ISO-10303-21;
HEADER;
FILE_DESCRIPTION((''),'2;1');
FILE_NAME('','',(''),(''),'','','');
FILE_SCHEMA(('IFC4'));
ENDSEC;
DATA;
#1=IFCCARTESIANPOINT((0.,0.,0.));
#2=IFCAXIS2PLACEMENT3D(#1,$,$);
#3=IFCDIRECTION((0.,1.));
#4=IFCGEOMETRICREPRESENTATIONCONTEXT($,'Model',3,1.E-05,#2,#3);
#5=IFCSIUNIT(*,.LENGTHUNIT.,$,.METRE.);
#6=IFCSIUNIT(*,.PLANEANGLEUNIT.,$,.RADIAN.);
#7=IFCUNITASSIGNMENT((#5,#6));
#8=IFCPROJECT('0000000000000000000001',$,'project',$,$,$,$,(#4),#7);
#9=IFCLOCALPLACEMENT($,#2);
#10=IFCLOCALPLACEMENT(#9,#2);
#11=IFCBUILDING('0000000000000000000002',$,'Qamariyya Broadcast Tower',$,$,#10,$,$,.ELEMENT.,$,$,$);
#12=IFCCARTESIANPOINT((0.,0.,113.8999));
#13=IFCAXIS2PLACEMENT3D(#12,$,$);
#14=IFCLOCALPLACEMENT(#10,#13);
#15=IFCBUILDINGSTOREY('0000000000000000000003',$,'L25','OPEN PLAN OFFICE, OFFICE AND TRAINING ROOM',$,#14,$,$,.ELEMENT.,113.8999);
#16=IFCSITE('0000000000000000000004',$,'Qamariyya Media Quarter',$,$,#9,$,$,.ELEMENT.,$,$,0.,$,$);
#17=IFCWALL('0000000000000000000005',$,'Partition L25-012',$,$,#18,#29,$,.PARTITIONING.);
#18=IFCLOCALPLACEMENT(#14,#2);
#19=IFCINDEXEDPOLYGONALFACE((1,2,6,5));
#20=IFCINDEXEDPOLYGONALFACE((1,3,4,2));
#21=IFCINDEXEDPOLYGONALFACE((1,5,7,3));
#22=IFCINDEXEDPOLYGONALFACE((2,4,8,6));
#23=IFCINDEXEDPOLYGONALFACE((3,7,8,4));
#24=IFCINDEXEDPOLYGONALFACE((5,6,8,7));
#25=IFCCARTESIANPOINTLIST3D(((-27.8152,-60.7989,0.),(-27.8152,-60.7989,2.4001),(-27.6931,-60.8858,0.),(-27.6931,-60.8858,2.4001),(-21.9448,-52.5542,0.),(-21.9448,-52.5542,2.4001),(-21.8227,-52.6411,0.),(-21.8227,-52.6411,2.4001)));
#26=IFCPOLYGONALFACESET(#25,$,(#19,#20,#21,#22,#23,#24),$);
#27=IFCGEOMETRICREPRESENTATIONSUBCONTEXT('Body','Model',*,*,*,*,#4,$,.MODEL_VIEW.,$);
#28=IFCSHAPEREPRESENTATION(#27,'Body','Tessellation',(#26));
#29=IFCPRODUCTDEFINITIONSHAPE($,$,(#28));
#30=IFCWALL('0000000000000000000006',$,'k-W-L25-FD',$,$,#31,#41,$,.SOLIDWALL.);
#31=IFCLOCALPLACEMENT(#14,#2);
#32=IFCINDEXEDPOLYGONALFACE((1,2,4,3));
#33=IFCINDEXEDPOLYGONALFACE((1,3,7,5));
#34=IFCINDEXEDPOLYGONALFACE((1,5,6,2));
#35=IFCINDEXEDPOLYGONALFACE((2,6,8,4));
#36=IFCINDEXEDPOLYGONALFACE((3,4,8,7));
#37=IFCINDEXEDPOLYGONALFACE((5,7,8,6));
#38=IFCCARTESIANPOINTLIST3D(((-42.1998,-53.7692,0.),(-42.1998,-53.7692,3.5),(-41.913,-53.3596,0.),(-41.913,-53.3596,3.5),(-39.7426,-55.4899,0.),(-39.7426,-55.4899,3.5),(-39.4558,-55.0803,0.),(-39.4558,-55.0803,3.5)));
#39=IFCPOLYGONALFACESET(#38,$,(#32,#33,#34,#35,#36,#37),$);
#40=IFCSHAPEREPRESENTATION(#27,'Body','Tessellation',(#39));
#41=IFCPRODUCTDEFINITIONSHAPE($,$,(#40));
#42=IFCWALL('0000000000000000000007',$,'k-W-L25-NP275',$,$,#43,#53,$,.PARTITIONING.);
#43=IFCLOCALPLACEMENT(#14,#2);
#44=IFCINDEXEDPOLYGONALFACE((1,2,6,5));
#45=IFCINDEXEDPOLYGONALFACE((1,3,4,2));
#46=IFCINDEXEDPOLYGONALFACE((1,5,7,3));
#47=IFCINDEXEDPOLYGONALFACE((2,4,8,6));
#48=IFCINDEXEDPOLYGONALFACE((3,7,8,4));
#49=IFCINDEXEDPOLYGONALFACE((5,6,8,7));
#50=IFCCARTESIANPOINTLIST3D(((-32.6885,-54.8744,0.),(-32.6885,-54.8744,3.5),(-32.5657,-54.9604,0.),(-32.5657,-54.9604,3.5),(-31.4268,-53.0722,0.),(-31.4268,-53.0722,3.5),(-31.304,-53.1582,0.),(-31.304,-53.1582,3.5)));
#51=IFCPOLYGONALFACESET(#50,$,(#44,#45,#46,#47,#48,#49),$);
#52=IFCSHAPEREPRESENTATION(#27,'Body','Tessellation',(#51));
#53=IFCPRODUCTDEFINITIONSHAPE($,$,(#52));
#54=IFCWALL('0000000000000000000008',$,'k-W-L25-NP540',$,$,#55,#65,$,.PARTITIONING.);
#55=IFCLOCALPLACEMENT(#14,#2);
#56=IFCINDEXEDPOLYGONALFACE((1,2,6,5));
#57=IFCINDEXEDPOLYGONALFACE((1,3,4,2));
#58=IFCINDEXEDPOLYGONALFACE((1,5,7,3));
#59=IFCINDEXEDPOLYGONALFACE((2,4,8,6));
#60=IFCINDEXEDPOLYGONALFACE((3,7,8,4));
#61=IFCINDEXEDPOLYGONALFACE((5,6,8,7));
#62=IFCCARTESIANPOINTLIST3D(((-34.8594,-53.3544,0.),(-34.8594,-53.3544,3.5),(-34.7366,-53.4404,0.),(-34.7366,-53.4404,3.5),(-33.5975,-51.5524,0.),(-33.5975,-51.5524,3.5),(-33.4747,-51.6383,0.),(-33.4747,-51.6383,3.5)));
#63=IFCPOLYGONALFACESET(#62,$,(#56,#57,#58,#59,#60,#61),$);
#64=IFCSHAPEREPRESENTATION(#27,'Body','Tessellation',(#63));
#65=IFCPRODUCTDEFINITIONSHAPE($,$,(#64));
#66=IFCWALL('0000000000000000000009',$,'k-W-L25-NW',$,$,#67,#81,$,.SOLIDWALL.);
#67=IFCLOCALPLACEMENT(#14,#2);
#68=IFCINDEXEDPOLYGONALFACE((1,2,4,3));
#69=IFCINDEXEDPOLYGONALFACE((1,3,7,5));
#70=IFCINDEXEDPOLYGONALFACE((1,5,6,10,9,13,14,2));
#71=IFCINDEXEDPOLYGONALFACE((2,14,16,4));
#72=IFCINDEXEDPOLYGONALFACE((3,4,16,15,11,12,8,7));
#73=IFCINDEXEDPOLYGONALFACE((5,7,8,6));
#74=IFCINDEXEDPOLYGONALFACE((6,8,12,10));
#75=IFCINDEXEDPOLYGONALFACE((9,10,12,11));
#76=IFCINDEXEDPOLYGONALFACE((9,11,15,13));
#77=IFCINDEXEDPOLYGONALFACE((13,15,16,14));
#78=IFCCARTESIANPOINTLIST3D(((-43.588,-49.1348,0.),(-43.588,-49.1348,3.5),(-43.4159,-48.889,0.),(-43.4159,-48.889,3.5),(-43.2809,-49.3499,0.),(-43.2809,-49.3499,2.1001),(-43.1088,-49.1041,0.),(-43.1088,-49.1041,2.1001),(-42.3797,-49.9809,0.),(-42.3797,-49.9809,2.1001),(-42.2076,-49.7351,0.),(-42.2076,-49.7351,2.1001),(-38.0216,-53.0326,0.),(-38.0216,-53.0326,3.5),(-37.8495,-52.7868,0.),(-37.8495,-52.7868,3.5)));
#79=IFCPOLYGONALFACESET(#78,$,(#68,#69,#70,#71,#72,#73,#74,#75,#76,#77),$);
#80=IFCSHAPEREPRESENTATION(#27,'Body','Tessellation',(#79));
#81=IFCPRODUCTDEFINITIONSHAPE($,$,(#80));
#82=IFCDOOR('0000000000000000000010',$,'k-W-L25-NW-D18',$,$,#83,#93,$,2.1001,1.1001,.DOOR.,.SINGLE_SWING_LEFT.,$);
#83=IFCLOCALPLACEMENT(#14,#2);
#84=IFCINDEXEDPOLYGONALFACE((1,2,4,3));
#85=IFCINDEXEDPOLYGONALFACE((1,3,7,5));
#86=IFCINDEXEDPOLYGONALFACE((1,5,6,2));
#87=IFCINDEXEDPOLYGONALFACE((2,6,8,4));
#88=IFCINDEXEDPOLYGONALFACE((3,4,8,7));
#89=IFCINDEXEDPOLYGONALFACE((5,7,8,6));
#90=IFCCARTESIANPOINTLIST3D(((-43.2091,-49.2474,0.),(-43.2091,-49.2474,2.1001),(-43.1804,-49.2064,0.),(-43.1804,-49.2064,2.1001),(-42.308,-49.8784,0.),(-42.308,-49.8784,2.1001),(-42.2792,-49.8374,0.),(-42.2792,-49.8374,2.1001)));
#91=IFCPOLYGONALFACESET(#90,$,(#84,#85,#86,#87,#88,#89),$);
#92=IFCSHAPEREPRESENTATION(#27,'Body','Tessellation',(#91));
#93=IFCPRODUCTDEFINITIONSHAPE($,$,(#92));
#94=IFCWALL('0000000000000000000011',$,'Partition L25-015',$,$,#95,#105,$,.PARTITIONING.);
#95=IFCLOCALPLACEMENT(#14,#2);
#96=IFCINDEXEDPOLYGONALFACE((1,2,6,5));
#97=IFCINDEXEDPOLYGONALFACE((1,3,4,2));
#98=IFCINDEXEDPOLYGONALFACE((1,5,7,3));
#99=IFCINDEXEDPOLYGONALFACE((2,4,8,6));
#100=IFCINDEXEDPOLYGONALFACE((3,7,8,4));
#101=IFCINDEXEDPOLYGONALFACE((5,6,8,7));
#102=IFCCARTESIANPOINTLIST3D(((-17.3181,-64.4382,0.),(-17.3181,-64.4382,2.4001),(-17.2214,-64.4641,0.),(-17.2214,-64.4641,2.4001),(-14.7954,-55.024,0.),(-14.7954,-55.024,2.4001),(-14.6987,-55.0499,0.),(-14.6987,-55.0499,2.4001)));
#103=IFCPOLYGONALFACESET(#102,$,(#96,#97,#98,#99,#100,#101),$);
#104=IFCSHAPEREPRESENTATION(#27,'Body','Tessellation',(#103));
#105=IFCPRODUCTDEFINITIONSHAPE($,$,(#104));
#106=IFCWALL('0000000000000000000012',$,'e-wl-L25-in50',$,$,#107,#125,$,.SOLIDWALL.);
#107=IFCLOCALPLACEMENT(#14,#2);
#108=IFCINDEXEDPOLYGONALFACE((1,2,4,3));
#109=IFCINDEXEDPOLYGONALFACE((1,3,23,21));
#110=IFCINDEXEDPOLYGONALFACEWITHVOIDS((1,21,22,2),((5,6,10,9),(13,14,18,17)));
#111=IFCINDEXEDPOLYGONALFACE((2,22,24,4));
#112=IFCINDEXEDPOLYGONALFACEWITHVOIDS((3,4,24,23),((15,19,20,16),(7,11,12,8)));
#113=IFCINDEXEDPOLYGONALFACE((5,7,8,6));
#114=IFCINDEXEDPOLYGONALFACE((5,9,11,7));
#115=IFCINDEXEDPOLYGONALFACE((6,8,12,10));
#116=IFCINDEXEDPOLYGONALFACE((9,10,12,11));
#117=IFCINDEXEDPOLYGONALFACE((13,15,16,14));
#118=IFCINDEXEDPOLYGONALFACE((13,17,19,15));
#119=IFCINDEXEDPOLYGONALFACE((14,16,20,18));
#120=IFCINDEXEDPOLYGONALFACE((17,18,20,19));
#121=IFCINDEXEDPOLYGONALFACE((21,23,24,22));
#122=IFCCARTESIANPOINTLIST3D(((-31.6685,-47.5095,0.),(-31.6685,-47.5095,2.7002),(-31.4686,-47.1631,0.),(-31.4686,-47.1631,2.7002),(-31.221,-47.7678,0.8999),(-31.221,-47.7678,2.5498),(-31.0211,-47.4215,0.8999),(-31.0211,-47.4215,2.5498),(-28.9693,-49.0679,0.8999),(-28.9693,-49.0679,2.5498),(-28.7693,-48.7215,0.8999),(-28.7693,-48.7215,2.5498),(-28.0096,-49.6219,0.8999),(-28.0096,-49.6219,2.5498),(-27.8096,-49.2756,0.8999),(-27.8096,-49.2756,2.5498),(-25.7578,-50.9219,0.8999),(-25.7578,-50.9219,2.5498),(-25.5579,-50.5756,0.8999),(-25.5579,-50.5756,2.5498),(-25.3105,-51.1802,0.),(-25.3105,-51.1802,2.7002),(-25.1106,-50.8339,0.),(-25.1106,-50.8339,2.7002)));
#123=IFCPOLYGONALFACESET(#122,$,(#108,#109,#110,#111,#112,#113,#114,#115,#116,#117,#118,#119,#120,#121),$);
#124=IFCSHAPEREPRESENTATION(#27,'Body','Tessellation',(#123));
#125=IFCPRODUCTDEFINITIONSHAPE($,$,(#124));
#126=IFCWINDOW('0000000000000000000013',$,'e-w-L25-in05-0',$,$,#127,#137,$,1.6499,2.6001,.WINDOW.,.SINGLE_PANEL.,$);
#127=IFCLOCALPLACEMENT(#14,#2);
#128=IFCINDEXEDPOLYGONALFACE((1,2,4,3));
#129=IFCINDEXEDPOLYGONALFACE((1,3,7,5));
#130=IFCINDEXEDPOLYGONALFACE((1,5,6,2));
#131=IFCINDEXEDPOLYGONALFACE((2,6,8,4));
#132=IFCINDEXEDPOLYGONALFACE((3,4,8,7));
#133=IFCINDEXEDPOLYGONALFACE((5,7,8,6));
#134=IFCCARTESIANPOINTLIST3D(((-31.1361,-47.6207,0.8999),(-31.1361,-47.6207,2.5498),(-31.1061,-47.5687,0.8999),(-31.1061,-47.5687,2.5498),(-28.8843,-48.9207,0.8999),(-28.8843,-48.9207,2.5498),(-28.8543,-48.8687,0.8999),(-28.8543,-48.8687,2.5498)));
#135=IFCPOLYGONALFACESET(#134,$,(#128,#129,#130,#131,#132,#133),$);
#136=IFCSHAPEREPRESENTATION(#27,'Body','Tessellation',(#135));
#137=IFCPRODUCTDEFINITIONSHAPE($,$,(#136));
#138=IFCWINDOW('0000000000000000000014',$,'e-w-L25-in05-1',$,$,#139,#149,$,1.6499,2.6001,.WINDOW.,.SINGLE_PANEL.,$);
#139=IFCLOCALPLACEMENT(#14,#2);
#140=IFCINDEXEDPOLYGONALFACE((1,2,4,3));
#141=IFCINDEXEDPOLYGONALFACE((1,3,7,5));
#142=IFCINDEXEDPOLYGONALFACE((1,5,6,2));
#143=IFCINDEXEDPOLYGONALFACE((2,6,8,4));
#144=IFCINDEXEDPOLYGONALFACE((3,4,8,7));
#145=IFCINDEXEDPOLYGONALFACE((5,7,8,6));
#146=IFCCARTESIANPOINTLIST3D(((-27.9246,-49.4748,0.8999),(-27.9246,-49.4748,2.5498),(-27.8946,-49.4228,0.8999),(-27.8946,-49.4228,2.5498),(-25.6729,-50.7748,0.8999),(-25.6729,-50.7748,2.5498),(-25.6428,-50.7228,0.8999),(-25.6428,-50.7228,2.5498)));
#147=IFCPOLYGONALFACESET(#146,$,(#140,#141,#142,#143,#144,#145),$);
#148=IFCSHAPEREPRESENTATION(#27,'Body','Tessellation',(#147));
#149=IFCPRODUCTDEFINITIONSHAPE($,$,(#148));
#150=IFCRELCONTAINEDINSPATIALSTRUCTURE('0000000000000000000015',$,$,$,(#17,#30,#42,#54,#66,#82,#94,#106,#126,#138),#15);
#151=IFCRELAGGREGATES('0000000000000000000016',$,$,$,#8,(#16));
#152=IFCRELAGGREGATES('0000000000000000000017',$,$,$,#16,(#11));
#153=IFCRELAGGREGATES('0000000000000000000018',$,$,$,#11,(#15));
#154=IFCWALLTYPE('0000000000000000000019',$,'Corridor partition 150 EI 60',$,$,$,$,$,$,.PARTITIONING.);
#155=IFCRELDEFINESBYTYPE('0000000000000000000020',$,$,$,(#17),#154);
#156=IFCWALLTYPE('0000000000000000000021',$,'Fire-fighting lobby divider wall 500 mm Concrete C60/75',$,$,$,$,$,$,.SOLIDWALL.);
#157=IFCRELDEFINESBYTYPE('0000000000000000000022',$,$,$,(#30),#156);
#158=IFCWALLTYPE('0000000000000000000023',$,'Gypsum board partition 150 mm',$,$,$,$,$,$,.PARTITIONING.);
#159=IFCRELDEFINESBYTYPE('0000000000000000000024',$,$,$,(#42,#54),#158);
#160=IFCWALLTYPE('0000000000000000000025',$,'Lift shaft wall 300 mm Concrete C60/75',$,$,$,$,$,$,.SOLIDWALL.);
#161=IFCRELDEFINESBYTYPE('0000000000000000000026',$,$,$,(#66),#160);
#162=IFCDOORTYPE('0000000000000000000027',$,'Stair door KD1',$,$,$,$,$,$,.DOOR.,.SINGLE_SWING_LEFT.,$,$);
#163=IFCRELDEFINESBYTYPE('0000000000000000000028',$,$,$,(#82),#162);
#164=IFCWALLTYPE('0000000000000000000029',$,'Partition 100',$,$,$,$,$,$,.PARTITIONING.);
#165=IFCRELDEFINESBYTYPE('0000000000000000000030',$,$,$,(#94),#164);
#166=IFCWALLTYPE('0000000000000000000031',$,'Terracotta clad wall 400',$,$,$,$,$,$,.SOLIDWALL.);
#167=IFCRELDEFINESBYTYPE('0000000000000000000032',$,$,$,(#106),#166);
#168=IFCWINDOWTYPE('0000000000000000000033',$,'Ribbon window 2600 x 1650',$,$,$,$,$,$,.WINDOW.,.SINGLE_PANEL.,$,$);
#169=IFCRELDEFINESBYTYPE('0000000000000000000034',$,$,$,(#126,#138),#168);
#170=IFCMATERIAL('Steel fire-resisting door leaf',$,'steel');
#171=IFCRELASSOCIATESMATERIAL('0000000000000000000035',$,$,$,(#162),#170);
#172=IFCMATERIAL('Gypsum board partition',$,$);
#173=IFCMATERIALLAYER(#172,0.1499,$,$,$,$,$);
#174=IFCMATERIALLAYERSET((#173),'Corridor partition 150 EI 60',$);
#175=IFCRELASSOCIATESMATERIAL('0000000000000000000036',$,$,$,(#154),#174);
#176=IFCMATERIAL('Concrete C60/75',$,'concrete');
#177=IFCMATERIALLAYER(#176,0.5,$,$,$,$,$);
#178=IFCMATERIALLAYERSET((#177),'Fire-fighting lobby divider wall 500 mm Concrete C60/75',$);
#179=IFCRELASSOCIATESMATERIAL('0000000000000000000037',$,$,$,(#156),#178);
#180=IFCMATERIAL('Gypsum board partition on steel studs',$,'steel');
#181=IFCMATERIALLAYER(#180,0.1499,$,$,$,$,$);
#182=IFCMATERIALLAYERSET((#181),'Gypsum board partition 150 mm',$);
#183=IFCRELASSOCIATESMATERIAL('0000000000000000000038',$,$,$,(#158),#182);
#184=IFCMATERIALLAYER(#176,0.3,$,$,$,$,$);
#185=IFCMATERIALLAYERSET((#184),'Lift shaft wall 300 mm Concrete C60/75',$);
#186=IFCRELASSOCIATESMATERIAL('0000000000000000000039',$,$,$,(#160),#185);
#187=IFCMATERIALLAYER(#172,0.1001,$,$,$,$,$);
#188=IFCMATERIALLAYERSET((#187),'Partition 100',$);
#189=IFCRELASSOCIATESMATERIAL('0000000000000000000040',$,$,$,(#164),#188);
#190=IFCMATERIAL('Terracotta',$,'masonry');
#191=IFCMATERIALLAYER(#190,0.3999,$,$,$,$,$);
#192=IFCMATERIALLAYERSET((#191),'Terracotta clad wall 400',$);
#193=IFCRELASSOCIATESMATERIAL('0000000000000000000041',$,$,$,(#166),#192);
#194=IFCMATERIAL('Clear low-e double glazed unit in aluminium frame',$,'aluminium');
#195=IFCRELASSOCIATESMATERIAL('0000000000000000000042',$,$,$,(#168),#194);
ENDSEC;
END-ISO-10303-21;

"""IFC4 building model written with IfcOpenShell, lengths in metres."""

from ifc_helpers import new_model, si_unit, direction, frame, frame_2d, origin, place, context, subcontext, project, spatial, rectangle, extrude, material, layer, layer_set, type_object, element, fill, save


model = new_model("IFC4")

# Units and contexts
model_context = context("Model", 3, precision=1e-05, world=origin(), true_north=direction((0.0, 1.0)))
body_context = subcontext(model_context, "Body", "Model", "MODEL_VIEW")
ifc_project = project(units=[si_unit("LENGTHUNIT", "METRE"), si_unit("PLANEANGLEUNIT", "RADIAN")], contexts=[model_context])

# Site, building, storey
site_placement = place(None, origin())
site = spatial("IfcSite", under=ifc_project, at=site_placement, Name="Qamariyya Media Quarter", CompositionType="ELEMENT", RefElevation=0.0)
building_placement = place(site_placement, origin())
building = spatial("IfcBuilding", under=site, at=building_placement, Name="Qamariyya Broadcast Tower", CompositionType="ELEMENT")
storey_placement = place(building_placement, frame((0.0, 0.0, 113.8999)))
storey = spatial("IfcBuildingStorey", under=building, at=storey_placement, Name="L25", Description="OPEN PLAN OFFICE, OFFICE AND TRAINING ROOM", CompositionType="ELEMENT", Elevation=113.8999)

# Shared definitions
ifc_material_1 = material(Name="Steel fire-resisting door leaf", Category="steel")
door_type_1 = type_object("IfcDoorType", Name="Stair door KD1", OperationType="SINGLE_SWING_LEFT", PredefinedType="DOOR", material=ifc_material_1)

# Walls
ifc_material_2 = material(Name="Gypsum board partition")
ifc_layer_1 = layer(ifc_material_2, 0.1499)
ifc_layer_set_1 = layer_set([ifc_layer_1], Name="Corridor partition 150 EI 60")
wall_type_1 = type_object("IfcWallType", Name="Corridor partition 150 EI 60", PredefinedType="PARTITIONING", material=ifc_layer_set_1)
wall_1_placement = place(storey_placement, frame((-21.8838, -52.5977, 0.0), z_axis=(0.0, 0.0, 1.0), x_axis=(-0.580017, -0.814605, 0.0)))
element("IfcWall", 1, at=wall_1_placement, inside=storey, type_object=wall_type_1, Name="Partition L25-012", PredefinedType="PARTITIONING", context=body_context, shape_type="SweptSolid", body=[
    extrude(rectangle(XDim=10.1211, YDim=0.1499, at=frame_2d((5.0605, 0.0))), origin(), (0.0, 0.0, 1.0), 2.4001),
])
ifc_material_3 = material(Name="Concrete C60/75", Category="concrete")
ifc_layer_2 = layer(ifc_material_3, 0.5)
ifc_layer_set_2 = layer_set([ifc_layer_2], Name="Fire-fighting lobby divider wall 500 mm Concrete C60/75")
wall_type_2 = type_object("IfcWallType", Name="Fire-fighting lobby divider wall 500 mm Concrete C60/75", PredefinedType="SOLIDWALL", material=ifc_layer_set_2)
wall_2_placement = place(storey_placement, frame((-39.5991, -55.2852, 0.0), z_axis=(0.0, 0.0, 1.0), x_axis=(-0.819136, 0.573599, 0.0)))
element("IfcWall", 2, at=wall_2_placement, inside=storey, type_object=wall_type_2, Name="k-W-L25-FD", PredefinedType="SOLIDWALL", context=body_context, shape_type="SweptSolid", body=[
    extrude(rectangle(XDim=2.9998, YDim=0.5, at=frame_2d((1.5, 0.0))), origin(), (0.0, 0.0, 1.0), 3.5),
])
ifc_material_4 = material(Name="Gypsum board partition on steel studs", Category="steel")
ifc_layer_3 = layer(ifc_material_4, 0.1499)
ifc_layer_set_3 = layer_set([ifc_layer_3], Name="Gypsum board partition 150 mm")
wall_type_3 = type_object("IfcWallType", Name="Gypsum board partition 150 mm", PredefinedType="PARTITIONING", material=ifc_layer_set_3)
for number, where, z_axis, x_axis, name in (
    (3, (-32.6272, -54.9175, 0.0), (0.0, 0.0, 1.0), (0.573507, 0.819201, 0.0), "k-W-L25-NP275"),
    (4, (-34.7981, -53.3975, 0.0), (0.0, 0.0, 1.0), (0.573634, 0.819112, 0.0), "k-W-L25-NP540"),
):
    element("IfcWall", number, at=place(storey_placement, frame(where, z_axis=z_axis, x_axis=x_axis)), inside=storey, type_object=wall_type_3, Name=name, PredefinedType="PARTITIONING", context=body_context, shape_type="SweptSolid", body=[
        extrude(rectangle(XDim=2.2, YDim=0.1499, at=frame_2d((1.1001, 0.0))), origin(), (0.0, 0.0, 1.0), 3.5),
    ])

# Wall, opening, door
ifc_layer_4 = layer(ifc_material_3, 0.3)
ifc_layer_set_4 = layer_set([ifc_layer_4], Name="Lift shaft wall 300 mm Concrete C60/75")
wall_type_4 = type_object("IfcWallType", Name="Lift shaft wall 300 mm Concrete C60/75", PredefinedType="SOLIDWALL", material=ifc_layer_set_4)
wall_3_placement = place(storey_placement, frame((-37.9355, -52.9097, 0.0), z_axis=(0.0, 0.0, 1.0), x_axis=(-0.819148, 0.573583, 0.0)))
wall_3 = element("IfcWall", 5, at=wall_3_placement, inside=storey, type_object=wall_type_4, Name="k-W-L25-NW", PredefinedType="SOLIDWALL", context=body_context, shape_type="SweptSolid", body=[
    extrude(rectangle(XDim=6.7954, YDim=0.3, at=frame_2d((3.3977, 0.0))), origin(), (0.0, 0.0, 1.0), 3.5),
])
opening_1_placement = place(wall_3_placement, frame((5.3203, 0.0, 0.0)))
opening_1 = element("IfcOpeningElement", 6, at=opening_1_placement, cuts=wall_3, PredefinedType="OPENING", context=body_context, shape_type="SweptSolid", body=[
    extrude(rectangle(XDim=1.1001, YDim=2.1001, at=frame_2d((0.55, 1.05))), frame((0.0, 0.1599, 0.0), z_axis=(0.0, -1.0, 0.0), x_axis=(1.0, 0.0, 0.0)), (0.0, 0.0, 1.0), 0.3201),
])
door_1_placement = place(opening_1_placement, origin())
door_1 = element("IfcDoor", 7, at=door_1_placement, inside=storey, type_object=door_type_1, Name="k-W-L25-NW-D18", OperationType="SINGLE_SWING_LEFT", OverallHeight=2.1001, OverallWidth=1.1001, PredefinedType="DOOR", context=body_context, shape_type="SweptSolid", body=[
    extrude(rectangle(XDim=1.1001, YDim=2.1001, at=frame_2d((0.55, 1.05))), frame((0.0, 0.0249, 0.0), z_axis=(0.0, -1.0, 0.0), x_axis=(1.0, 0.0, 0.0)), (0.0, 0.0, 1.0), 0.05),
])
fill(opening_1, door_1)

# Wall
ifc_layer_5 = layer(ifc_material_2, 0.1001)
ifc_layer_set_5 = layer_set([ifc_layer_5], Name="Partition 100")
wall_type_5 = type_object("IfcWallType", Name="Partition 100", PredefinedType="PARTITIONING", material=ifc_layer_set_5)
wall_4_placement = place(storey_placement, frame((-14.7471, -55.0371, 0.0), z_axis=(0.0, 0.0, 1.0), x_axis=(-0.258833, -0.965922, 0.0)))
element("IfcWall", 8, at=wall_4_placement, inside=storey, type_object=wall_type_5, Name="Partition L25-015", PredefinedType="PARTITIONING", context=body_context, shape_type="SweptSolid", body=[
    extrude(rectangle(XDim=9.7463, YDim=0.1001, at=frame_2d((4.873, 0.0))), origin(), (0.0, 0.0, 1.0), 2.4001),
])

# Wall, openings, windows
ifc_material_5 = material(Name="Terracotta", Category="masonry")
ifc_layer_6 = layer(ifc_material_5, 0.3999)
ifc_layer_set_6 = layer_set([ifc_layer_6], Name="Terracotta clad wall 400")
wall_type_6 = type_object("IfcWallType", Name="Terracotta clad wall 400", PredefinedType="SOLIDWALL", material=ifc_layer_set_6)
wall_5_placement = place(storey_placement, frame((-25.2104, -51.0071, 0.0), z_axis=(0.0, 0.0, 1.0), x_axis=(-0.866031, 0.499991, 0.0)))
wall_5 = element("IfcWall", 9, at=wall_5_placement, inside=storey, type_object=wall_type_6, Name="e-wl-L25-in50", PredefinedType="SOLIDWALL", context=body_context, shape_type="SweptSolid", body=[
    extrude(rectangle(XDim=7.3416, YDim=0.3999, at=frame_2d((3.6709, 0.0))), origin(), (0.0, 0.0, 1.0), 2.7002),
])
opening_2_placement = place(wall_5_placement, frame((4.2249, 0.0, 0.8999)))
opening_2 = element("IfcOpeningElement", 10, at=opening_2_placement, cuts=wall_5, PredefinedType="OPENING", context=body_context, shape_type="SweptSolid", body=[
    extrude(rectangle(XDim=2.6001, YDim=1.6499, at=frame_2d((1.3, 0.825))), frame((0.0, 0.21, 0.0), z_axis=(0.0, -1.0, 0.0), x_axis=(1.0, 0.0, 0.0)), (0.0, 0.0, 1.0), 0.4199),
])
opening_3_placement = place(wall_5_placement, frame((0.5166, 0.0, 0.8999)))
opening_3 = element("IfcOpeningElement", 11, at=opening_3_placement, cuts=wall_5, PredefinedType="OPENING", context=body_context, shape_type="SweptSolid", body=[
    extrude(rectangle(XDim=2.6001, YDim=1.6499, at=frame_2d((1.3, 0.825))), frame((0.0, 0.21, 0.0), z_axis=(0.0, -1.0, 0.0), x_axis=(1.0, 0.0, 0.0)), (0.0, 0.0, 1.0), 0.4199),
])
ifc_material_6 = material(Name="Clear low-e double glazed unit in aluminium frame", Category="aluminium")
window_type = type_object("IfcWindowType", Name="Ribbon window 2600 x 1650", PartitioningType="SINGLE_PANEL", PredefinedType="WINDOW", material=ifc_material_6)
window_1_placement = place(opening_2_placement, origin())
window_1 = element("IfcWindow", 12, at=window_1_placement, inside=storey, type_object=window_type, Name="e-w-L25-in05-0", OverallHeight=1.6499, OverallWidth=2.6001, PartitioningType="SINGLE_PANEL", PredefinedType="WINDOW", context=body_context, shape_type="SweptSolid", body=[
    extrude(rectangle(XDim=2.6001, YDim=1.6499, at=frame_2d((1.3, 0.825))), frame((0.0, 0.03, 0.0), z_axis=(0.0, -1.0, 0.0), x_axis=(1.0, 0.0, 0.0)), (0.0, 0.0, 1.0), 0.0601),
])
fill(opening_2, window_1)
window_2_placement = place(opening_3_placement, origin())
window_2 = element("IfcWindow", 13, at=window_2_placement, inside=storey, type_object=window_type, Name="e-w-L25-in05-1", OverallHeight=1.6499, OverallWidth=2.6001, PartitioningType="SINGLE_PANEL", PredefinedType="WINDOW", context=body_context, shape_type="SweptSolid", body=[
    extrude(rectangle(XDim=2.6001, YDim=1.6499, at=frame_2d((1.3, 0.825))), frame((0.0, 0.03, 0.0), z_axis=(0.0, -1.0, 0.0), x_axis=(1.0, 0.0, 0.0)), (0.0, 0.0, 1.0), 0.0601),
])
fill(opening_3, window_2)

save(model, "model.ifc")
